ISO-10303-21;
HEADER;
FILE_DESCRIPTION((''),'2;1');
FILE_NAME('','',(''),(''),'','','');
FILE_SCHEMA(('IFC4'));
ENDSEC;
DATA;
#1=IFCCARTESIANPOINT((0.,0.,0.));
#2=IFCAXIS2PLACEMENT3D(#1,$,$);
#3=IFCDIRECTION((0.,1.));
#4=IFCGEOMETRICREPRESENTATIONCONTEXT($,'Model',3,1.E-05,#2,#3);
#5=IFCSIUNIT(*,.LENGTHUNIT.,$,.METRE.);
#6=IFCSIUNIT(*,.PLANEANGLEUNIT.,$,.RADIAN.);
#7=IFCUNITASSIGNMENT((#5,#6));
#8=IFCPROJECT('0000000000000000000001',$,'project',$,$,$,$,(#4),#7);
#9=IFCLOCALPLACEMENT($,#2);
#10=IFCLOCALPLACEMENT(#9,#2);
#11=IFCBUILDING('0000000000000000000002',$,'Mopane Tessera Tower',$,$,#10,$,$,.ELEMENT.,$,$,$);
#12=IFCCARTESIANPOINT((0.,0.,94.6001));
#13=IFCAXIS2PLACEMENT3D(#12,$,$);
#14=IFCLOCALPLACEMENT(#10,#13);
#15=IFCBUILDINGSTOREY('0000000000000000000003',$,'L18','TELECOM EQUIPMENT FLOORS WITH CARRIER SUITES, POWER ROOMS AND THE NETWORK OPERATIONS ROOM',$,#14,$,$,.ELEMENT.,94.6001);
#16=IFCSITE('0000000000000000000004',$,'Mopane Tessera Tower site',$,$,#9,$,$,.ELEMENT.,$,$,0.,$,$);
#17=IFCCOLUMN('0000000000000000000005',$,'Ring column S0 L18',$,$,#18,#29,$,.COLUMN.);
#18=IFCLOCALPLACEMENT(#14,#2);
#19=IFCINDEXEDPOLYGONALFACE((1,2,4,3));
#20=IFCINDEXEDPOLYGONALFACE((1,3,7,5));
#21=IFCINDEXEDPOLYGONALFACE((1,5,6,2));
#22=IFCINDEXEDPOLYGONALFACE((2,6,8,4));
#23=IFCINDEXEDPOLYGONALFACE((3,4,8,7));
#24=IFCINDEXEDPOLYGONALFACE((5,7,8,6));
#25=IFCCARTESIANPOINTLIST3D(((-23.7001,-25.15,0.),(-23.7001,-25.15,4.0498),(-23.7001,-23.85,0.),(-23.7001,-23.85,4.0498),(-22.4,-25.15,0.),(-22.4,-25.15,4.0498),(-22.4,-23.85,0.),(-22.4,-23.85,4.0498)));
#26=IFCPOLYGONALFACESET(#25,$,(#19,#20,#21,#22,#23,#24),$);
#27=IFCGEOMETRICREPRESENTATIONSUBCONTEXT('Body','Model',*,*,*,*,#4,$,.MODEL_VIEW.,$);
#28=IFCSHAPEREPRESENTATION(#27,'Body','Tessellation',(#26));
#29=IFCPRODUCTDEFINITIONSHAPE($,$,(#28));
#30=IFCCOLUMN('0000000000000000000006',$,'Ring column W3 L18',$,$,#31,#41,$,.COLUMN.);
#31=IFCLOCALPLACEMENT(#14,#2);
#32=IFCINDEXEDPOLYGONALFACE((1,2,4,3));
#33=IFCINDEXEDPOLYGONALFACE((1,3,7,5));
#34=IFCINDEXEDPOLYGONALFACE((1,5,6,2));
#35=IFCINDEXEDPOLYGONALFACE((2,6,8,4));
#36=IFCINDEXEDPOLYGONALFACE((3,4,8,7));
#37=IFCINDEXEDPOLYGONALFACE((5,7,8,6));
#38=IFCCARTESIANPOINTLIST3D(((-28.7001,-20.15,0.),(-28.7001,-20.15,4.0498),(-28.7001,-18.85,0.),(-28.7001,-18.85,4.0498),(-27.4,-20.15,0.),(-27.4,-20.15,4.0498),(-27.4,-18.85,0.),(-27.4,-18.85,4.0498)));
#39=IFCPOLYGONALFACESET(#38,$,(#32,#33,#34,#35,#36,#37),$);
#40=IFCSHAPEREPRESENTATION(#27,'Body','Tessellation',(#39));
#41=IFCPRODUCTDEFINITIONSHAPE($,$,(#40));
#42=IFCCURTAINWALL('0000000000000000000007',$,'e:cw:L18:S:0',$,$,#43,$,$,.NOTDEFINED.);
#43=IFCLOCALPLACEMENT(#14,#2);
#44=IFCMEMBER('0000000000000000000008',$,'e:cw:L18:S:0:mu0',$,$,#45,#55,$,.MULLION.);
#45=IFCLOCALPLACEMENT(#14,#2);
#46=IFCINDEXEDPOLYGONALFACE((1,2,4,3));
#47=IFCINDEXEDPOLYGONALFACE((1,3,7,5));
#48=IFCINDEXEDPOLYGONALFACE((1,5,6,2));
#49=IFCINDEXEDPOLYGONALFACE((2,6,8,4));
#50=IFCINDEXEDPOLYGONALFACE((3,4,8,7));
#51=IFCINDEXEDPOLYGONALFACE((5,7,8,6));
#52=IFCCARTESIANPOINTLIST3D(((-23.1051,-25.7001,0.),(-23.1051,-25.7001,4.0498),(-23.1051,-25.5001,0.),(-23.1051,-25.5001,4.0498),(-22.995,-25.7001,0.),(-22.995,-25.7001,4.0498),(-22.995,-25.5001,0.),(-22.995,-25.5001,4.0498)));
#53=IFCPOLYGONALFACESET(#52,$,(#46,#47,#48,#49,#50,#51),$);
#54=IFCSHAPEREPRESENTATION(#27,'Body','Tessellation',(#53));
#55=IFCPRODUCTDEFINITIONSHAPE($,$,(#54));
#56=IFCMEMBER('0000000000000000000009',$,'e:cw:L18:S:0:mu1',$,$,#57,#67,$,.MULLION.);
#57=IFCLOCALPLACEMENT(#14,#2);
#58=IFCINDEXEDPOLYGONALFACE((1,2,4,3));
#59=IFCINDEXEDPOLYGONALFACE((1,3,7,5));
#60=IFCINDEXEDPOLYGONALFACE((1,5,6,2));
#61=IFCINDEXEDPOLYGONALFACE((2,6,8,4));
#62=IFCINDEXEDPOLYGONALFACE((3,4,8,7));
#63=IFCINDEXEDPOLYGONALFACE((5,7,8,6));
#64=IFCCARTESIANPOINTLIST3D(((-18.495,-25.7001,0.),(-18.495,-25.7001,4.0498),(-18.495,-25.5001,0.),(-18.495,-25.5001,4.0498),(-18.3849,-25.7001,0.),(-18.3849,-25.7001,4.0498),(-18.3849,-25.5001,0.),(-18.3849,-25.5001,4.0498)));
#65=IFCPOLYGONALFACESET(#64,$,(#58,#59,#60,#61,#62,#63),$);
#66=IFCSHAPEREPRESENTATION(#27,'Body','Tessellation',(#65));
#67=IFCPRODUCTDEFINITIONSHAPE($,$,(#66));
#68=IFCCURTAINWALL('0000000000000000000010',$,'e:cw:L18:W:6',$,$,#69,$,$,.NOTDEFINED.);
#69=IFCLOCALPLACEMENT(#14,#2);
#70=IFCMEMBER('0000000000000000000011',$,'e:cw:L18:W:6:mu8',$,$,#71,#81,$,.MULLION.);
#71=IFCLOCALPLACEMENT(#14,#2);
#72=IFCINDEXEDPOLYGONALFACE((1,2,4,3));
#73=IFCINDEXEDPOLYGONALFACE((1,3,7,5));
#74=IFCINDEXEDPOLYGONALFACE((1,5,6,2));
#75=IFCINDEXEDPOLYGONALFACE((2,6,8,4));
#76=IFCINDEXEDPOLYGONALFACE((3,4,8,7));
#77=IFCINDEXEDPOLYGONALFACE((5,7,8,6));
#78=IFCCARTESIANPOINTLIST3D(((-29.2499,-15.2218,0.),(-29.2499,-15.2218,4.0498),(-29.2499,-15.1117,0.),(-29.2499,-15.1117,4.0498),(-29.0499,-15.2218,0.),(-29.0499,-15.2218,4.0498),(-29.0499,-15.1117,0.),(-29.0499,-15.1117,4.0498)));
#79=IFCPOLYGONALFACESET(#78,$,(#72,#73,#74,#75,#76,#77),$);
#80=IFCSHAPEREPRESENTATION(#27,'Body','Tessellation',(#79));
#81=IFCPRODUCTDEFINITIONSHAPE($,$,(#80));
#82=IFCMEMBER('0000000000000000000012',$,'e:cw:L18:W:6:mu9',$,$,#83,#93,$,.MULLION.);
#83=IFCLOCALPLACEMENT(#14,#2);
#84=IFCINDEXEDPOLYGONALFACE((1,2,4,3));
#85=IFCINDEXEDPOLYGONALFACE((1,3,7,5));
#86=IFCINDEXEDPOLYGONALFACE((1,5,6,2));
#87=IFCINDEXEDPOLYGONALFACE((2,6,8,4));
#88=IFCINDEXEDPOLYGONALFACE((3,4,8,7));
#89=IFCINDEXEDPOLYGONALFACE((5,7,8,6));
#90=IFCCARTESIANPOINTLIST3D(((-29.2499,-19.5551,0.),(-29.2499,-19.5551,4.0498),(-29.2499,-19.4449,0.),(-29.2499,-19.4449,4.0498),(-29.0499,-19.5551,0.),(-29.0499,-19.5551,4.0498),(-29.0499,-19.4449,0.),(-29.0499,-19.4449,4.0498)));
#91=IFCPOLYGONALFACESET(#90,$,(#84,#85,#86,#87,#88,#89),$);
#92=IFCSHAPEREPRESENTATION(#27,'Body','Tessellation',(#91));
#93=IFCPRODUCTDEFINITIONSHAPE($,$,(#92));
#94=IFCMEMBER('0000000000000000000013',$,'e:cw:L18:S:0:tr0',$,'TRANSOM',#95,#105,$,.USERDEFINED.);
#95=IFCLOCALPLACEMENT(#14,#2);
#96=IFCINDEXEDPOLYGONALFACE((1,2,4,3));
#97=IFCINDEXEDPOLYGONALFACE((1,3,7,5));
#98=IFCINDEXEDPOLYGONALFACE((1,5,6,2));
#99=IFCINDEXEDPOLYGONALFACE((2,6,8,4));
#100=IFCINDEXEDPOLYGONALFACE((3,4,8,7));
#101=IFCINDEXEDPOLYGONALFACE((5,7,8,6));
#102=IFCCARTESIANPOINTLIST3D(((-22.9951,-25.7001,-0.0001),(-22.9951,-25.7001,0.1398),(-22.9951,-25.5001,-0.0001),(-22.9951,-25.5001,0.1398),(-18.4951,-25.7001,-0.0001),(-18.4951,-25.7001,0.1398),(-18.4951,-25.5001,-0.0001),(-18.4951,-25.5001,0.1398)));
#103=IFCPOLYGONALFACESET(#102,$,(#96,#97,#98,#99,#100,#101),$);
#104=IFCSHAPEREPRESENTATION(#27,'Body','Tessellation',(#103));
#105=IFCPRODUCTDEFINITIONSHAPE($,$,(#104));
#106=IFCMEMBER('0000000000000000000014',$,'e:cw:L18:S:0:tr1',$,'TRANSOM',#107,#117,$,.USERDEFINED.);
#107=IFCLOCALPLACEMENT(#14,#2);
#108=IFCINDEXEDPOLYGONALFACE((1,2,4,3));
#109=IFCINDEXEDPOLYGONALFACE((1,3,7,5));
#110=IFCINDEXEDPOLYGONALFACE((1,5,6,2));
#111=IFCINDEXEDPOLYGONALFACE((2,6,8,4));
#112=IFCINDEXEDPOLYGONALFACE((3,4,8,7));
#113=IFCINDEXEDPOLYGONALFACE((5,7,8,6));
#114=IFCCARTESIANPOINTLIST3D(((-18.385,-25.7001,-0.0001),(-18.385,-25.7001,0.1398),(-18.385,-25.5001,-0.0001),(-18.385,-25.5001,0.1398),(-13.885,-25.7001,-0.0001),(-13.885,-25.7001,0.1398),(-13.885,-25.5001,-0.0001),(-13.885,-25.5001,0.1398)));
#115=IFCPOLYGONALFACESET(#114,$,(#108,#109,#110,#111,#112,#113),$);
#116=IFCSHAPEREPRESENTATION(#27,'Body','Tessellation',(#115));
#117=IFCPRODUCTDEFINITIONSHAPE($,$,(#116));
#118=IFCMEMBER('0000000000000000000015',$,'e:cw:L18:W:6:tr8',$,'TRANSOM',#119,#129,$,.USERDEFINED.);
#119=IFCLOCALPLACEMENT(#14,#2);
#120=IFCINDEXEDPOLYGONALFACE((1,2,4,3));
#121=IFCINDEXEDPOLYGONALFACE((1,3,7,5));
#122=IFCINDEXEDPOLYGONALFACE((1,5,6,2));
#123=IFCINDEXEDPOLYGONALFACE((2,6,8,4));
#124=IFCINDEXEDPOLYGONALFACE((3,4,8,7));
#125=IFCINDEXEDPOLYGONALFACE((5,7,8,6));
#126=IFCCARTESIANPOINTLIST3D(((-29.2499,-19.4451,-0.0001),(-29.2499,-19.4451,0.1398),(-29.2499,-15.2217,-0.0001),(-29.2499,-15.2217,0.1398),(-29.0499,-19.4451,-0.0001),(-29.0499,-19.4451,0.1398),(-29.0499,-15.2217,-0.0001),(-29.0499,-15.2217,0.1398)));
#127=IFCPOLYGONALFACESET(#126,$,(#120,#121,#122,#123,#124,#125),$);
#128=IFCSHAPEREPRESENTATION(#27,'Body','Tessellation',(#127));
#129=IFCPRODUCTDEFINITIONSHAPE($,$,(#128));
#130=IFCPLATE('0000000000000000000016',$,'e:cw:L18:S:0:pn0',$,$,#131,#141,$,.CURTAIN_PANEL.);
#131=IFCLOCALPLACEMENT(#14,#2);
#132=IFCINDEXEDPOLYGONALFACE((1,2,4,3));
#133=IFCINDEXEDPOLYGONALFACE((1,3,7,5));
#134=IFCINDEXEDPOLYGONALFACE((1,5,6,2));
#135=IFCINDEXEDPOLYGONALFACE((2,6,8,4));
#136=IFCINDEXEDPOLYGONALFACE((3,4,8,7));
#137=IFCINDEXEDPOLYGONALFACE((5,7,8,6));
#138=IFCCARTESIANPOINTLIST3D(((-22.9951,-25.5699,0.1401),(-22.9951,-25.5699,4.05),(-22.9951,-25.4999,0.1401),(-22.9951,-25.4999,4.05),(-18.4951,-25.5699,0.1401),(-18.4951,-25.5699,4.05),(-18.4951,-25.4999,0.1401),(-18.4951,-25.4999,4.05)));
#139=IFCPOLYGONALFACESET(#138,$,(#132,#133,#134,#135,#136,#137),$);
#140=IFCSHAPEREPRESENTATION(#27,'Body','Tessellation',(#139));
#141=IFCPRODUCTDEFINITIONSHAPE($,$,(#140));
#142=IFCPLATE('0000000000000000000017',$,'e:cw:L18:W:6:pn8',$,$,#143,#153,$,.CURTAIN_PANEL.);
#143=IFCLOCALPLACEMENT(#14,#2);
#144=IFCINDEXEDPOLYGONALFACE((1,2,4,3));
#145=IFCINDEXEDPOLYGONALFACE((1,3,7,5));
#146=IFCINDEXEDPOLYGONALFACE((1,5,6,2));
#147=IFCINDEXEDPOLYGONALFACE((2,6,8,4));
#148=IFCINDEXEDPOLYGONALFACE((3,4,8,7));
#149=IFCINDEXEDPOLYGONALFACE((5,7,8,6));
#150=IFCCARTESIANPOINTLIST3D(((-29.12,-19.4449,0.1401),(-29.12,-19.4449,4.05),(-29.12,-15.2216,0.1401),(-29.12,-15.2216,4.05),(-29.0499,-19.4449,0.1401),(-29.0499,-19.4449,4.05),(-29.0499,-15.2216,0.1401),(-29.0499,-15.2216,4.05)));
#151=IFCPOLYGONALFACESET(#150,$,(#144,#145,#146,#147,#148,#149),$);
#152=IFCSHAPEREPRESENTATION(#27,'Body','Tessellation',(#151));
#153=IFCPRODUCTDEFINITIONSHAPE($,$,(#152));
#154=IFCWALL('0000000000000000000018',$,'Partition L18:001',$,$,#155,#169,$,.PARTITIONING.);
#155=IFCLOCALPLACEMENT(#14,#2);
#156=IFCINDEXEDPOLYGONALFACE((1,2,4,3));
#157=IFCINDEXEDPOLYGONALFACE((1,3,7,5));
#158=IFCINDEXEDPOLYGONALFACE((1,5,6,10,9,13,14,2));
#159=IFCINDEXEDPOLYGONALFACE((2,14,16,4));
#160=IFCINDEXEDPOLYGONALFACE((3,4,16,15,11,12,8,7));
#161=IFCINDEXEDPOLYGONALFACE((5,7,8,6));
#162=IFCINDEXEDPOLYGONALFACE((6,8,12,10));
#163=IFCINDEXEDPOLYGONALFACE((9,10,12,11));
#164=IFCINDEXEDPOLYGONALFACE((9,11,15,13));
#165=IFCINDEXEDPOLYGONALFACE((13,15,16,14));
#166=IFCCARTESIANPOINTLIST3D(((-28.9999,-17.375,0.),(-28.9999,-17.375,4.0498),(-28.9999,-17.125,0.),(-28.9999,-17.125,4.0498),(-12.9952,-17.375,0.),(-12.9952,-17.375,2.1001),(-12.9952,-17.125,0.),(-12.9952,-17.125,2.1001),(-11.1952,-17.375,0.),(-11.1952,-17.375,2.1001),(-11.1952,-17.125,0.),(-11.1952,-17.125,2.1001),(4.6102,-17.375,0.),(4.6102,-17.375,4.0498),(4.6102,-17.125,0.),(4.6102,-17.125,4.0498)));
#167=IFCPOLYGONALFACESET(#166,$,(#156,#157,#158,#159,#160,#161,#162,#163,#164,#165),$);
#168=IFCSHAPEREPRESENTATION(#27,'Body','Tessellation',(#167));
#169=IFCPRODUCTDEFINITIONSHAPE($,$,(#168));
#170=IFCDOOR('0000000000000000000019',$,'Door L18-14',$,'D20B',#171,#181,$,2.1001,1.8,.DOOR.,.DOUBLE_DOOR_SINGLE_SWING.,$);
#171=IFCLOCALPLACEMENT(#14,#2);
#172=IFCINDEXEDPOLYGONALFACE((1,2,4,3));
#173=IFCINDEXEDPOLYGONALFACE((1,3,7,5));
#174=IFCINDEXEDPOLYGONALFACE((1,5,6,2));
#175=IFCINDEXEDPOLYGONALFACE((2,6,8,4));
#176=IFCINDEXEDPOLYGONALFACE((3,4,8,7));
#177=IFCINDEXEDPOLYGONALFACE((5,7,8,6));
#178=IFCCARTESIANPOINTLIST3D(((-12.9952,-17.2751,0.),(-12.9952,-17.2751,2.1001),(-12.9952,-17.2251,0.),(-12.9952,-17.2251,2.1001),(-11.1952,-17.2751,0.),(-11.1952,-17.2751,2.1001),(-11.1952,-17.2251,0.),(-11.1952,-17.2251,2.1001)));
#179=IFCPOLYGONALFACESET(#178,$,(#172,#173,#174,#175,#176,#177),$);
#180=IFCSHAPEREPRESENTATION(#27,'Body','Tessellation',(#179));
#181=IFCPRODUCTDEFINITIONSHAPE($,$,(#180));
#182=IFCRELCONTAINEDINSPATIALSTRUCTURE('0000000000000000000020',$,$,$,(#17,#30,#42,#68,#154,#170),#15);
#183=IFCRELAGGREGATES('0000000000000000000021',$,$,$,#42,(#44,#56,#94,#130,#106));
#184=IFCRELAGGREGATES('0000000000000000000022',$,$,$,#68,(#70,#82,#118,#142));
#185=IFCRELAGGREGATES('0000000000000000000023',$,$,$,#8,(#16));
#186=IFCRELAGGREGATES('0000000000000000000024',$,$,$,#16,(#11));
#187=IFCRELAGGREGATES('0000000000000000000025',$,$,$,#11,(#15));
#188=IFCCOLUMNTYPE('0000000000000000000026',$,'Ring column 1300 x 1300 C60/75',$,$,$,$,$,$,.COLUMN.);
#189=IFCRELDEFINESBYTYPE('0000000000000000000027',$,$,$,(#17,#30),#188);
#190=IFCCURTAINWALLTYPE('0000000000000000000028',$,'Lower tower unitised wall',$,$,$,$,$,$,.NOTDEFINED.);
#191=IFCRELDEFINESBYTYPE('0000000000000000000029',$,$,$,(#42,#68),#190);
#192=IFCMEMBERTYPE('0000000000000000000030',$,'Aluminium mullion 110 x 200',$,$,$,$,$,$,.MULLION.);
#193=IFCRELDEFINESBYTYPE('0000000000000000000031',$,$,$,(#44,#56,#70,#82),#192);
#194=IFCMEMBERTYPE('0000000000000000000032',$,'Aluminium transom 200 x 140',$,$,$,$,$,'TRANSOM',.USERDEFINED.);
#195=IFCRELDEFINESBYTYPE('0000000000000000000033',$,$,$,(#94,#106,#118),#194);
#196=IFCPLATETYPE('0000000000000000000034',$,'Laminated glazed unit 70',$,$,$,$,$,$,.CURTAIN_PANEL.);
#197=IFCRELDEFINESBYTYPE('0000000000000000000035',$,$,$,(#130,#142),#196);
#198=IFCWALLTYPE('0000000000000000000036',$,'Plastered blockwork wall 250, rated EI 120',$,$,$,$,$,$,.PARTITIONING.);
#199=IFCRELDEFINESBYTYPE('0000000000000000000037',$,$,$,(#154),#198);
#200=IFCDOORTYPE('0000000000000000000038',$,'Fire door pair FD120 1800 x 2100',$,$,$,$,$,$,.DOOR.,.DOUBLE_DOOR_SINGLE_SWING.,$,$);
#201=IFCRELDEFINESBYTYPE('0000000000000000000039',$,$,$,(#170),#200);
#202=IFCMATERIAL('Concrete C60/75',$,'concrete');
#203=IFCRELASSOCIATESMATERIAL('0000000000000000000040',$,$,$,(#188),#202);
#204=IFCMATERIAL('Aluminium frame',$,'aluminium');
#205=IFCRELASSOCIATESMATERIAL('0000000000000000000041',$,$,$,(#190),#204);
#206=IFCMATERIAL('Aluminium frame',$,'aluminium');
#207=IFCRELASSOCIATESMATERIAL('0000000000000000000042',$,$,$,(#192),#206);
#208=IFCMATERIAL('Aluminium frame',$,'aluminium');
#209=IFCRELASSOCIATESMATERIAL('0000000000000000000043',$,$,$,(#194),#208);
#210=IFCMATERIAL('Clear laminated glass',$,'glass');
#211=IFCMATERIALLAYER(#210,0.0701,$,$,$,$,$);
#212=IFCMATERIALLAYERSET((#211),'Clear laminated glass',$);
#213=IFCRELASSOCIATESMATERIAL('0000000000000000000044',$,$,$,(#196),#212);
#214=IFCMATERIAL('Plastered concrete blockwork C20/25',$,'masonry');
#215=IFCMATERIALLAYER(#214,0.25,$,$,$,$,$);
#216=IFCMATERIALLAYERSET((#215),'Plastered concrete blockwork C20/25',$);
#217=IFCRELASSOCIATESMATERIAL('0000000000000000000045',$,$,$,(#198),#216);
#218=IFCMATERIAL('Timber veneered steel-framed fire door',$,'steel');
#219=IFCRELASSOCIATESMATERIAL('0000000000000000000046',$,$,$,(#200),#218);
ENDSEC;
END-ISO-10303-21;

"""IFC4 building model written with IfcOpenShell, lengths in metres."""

from ifc_helpers import new_model, si_unit, direction, frame, frame_2d, origin, origin_2d, place, context, subcontext, project, spatial, rectangle, extrude, material, layer, layer_set, material_profile, profile_set, type_object, element, fill, aggregate, save


model = new_model("IFC4")

# Units and contexts
model_context = context("Model", 3, precision=1e-05, world=origin(), true_north=direction((0.0, 1.0)))
body_context = subcontext(model_context, "Body", "Model", "MODEL_VIEW")
ifc_project = project(units=[si_unit("LENGTHUNIT", "METRE"), si_unit("PLANEANGLEUNIT", "RADIAN")], contexts=[model_context])

# Site, building, storey
site_placement = place(None, origin())
site = spatial("IfcSite", under=ifc_project, at=site_placement, Name="Mopane Tessera Tower site", CompositionType="ELEMENT", RefElevation=0.0)
building_placement = place(site_placement, origin())
building = spatial("IfcBuilding", under=site, at=building_placement, Name="Mopane Tessera Tower", CompositionType="ELEMENT")
storey_placement = place(building_placement, frame((0.0, 0.0, 94.6001)))
storey = spatial("IfcBuildingStorey", under=building, at=storey_placement, Name="L18", Description="TELECOM EQUIPMENT FLOORS WITH CARRIER SUITES, POWER ROOMS AND THE NETWORK OPERATIONS ROOM", CompositionType="ELEMENT", Elevation=94.6001)

# Columns
ifc_material_1 = material(Name="Concrete C60/75", Category="concrete")
ifc_material_profile_1 = material_profile(ifc_material_1, rectangle(XDim=1.3, YDim=1.3, at=origin_2d()))
ifc_profile_set_1 = profile_set([ifc_material_profile_1], Name="Concrete C60/75")
column_type = type_object("IfcColumnType", Name="Ring column 1300 x 1300 C60/75", PredefinedType="COLUMN", material=ifc_profile_set_1)
for number, where, z_axis, x_axis, name in (
    (1, (-23.05, -24.5, 0.0), (0.0, 0.0, 1.0), (1.0, 0.0, 0.0), "Ring column S0 L18"),
    (2, (-28.05, -19.5, 0.0), (0.0, 0.0, 1.0), (1.0, 0.0, 0.0), "Ring column W3 L18"),
):
    element("IfcColumn", number, at=place(storey_placement, frame(where, z_axis=z_axis, x_axis=x_axis)), inside=storey, type_object=column_type, Name=name, PredefinedType="COLUMN", context=body_context, shape_type="SweptSolid", body=[
        extrude(rectangle(XDim=1.3, YDim=1.3, at=origin_2d()), origin(), (0.0, 0.0, 1.0), 4.0498),
    ])

# Curtain walls, members
ifc_material_2 = material(Name="Aluminium frame", Category="aluminium")
curtain_wall_type = type_object("IfcCurtainWallType", Name="Lower tower unitised wall", PredefinedType="NOTDEFINED", material=ifc_material_2)
curtain_wall_1_placement = place(storey_placement, origin())
curtain_wall_1 = element("IfcCurtainWall", 3, at=curtain_wall_1_placement, inside=storey, type_object=curtain_wall_type, Name="e:cw:L18:S:0", PredefinedType="NOTDEFINED")
ifc_material_3 = material(Name="Aluminium frame", Category="aluminium")
ifc_material_profile_2 = material_profile(ifc_material_3, rectangle(XDim=0.1101, YDim=0.2, at=origin_2d()))
ifc_profile_set_2 = profile_set([ifc_material_profile_2], Name="Aluminium frame")
member_type_1 = type_object("IfcMemberType", Name="Aluminium mullion 110 x 200", PredefinedType="MULLION", material=ifc_profile_set_2)
member_1_placement = place(storey_placement, frame((-23.05, -25.6001, 0.0), z_axis=(0.0, 0.0, 1.0), x_axis=(1.0, 0.0, 0.0)))
member_1 = element("IfcMember", 4, at=member_1_placement, type_object=member_type_1, Name="e:cw:L18:S:0:mu0", PredefinedType="MULLION", context=body_context, shape_type="SweptSolid", body=[
    extrude(rectangle(XDim=0.1101, YDim=0.2, at=origin_2d()), origin(), (0.0, 0.0, 1.0), 4.0498),
])
member_2_placement = place(storey_placement, frame((-18.4399, -25.6001, 0.0), z_axis=(0.0, 0.0, 1.0), x_axis=(1.0, 0.0, 0.0)))
member_2 = element("IfcMember", 5, at=member_2_placement, type_object=member_type_1, Name="e:cw:L18:S:0:mu1", PredefinedType="MULLION", context=body_context, shape_type="SweptSolid", body=[
    extrude(rectangle(XDim=0.1101, YDim=0.2, at=origin_2d()), origin(), (0.0, 0.0, 1.0), 4.0498),
])
curtain_wall_2_placement = place(storey_placement, origin())
curtain_wall_2 = element("IfcCurtainWall", 6, at=curtain_wall_2_placement, inside=storey, type_object=curtain_wall_type, Name="e:cw:L18:W:6", PredefinedType="NOTDEFINED")
member_3_placement = place(storey_placement, frame((-29.1499, -15.1667, 0.0), z_axis=(0.0, 0.0, 1.0), x_axis=(0.0, -1.0, 0.0)))
member_3 = element("IfcMember", 7, at=member_3_placement, type_object=member_type_1, Name="e:cw:L18:W:6:mu8", PredefinedType="MULLION", context=body_context, shape_type="SweptSolid", body=[
    extrude(rectangle(XDim=0.1101, YDim=0.2, at=origin_2d()), origin(), (0.0, 0.0, 1.0), 4.0498),
])
member_4_placement = place(storey_placement, frame((-29.1499, -19.5, 0.0), z_axis=(0.0, 0.0, 1.0), x_axis=(0.0, -1.0, 0.0)))
member_4 = element("IfcMember", 8, at=member_4_placement, type_object=member_type_1, Name="e:cw:L18:W:6:mu9", PredefinedType="MULLION", context=body_context, shape_type="SweptSolid", body=[
    extrude(rectangle(XDim=0.1101, YDim=0.2, at=origin_2d()), origin(), (0.0, 0.0, 1.0), 4.0498),
])

# Members
ifc_material_4 = material(Name="Aluminium frame", Category="aluminium")
ifc_material_profile_3 = material_profile(ifc_material_4, rectangle(XDim=0.2, YDim=0.1399, at=origin_2d()))
ifc_profile_set_3 = profile_set([ifc_material_profile_3], Name="Aluminium frame")
member_type_2 = type_object("IfcMemberType", Name="Aluminium transom 200 x 140", ElementType="TRANSOM", PredefinedType="USERDEFINED", material=ifc_profile_set_3)
member_5_placement = place(storey_placement, frame((-22.9951, -25.6001, 0.0698), z_axis=(1.0, 0.0, 0.0), x_axis=(0.0, 1.0, 0.0)))
member_5 = element("IfcMember", 9, at=member_5_placement, type_object=member_type_2, Name="e:cw:L18:S:0:tr0", ObjectType="TRANSOM", PredefinedType="USERDEFINED", context=body_context, shape_type="SweptSolid", body=[
    extrude(rectangle(XDim=0.2, YDim=0.1399, at=origin_2d()), origin(), (0.0, 0.0, 1.0), 4.5),
])
member_6_placement = place(storey_placement, frame((-18.385, -25.6001, 0.0698), z_axis=(1.0, 0.0, 0.0), x_axis=(0.0, 1.0, 0.0)))
member_6 = element("IfcMember", 10, at=member_6_placement, type_object=member_type_2, Name="e:cw:L18:S:0:tr1", ObjectType="TRANSOM", PredefinedType="USERDEFINED", context=body_context, shape_type="SweptSolid", body=[
    extrude(rectangle(XDim=0.2, YDim=0.1399, at=origin_2d()), origin(), (0.0, 0.0, 1.0), 4.5),
])
member_7_placement = place(storey_placement, frame((-29.1499, -15.2217, 0.0698), z_axis=(0.0, -1.0, 0.0), x_axis=(1.0, 0.0, 0.0)))
member_7 = element("IfcMember", 11, at=member_7_placement, type_object=member_type_2, Name="e:cw:L18:W:6:tr8", ObjectType="TRANSOM", PredefinedType="USERDEFINED", context=body_context, shape_type="SweptSolid", body=[
    extrude(rectangle(XDim=0.2, YDim=0.1399, at=origin_2d()), origin(), (0.0, 0.0, 1.0), 4.2234),
])

# Plates
ifc_material_5 = material(Name="Clear laminated glass", Category="glass")
ifc_layer_1 = layer(ifc_material_5, 0.0701)
ifc_layer_set_1 = layer_set([ifc_layer_1], Name="Clear laminated glass")
plate_type = type_object("IfcPlateType", Name="Laminated glazed unit 70", PredefinedType="CURTAIN_PANEL", material=ifc_layer_set_1)
plate_1_placement = place(storey_placement, frame((-20.7451, -25.5349, 0.1401), z_axis=(0.0, 0.0, 1.0), x_axis=(1.0, 0.0, 0.0)))
plate_1 = element("IfcPlate", 12, at=plate_1_placement, type_object=plate_type, Name="e:cw:L18:S:0:pn0", PredefinedType="CURTAIN_PANEL", context=body_context, shape_type="SweptSolid", body=[
    extrude(rectangle(XDim=4.5, YDim=0.0701, at=origin_2d()), origin(), (0.0, 0.0, 1.0), 3.9099),
])
aggregate(curtain_wall_1, [member_1, member_2, member_5, plate_1, member_6])
plate_2_placement = place(storey_placement, frame((-29.085, -17.3333, 0.1401), z_axis=(0.0, 0.0, 1.0), x_axis=(0.0, -1.0, 0.0)))
plate_2 = element("IfcPlate", 13, at=plate_2_placement, type_object=plate_type, Name="e:cw:L18:W:6:pn8", PredefinedType="CURTAIN_PANEL", context=body_context, shape_type="SweptSolid", body=[
    extrude(rectangle(XDim=4.2234, YDim=0.0701, at=origin_2d()), origin(), (0.0, 0.0, 1.0), 3.9099),
])
aggregate(curtain_wall_2, [member_3, member_4, member_7, plate_2])

# Wall, opening, door
ifc_material_6 = material(Name="Plastered concrete blockwork C20/25", Category="masonry")
ifc_layer_2 = layer(ifc_material_6, 0.25)
ifc_layer_set_2 = layer_set([ifc_layer_2], Name="Plastered concrete blockwork C20/25")
wall_type = type_object("IfcWallType", Name="Plastered blockwork wall 250, rated EI 120", PredefinedType="PARTITIONING", material=ifc_layer_set_2)
wall_1_placement = place(storey_placement, frame((-29.0, -17.25, 0.0), z_axis=(0.0, 0.0, 1.0), x_axis=(1.0, 0.0, 0.0)))
wall_1 = element("IfcWall", 14, at=wall_1_placement, inside=storey, type_object=wall_type, Name="Partition L18:001", PredefinedType="PARTITIONING", context=body_context, shape_type="SweptSolid", body=[
    extrude(rectangle(XDim=33.6101, YDim=0.25, at=frame_2d((16.8052, 0.0))), origin(), (0.0, 0.0, 1.0), 4.0498),
])
opening_1_placement = place(wall_1_placement, frame((16.0049, 0.0, 0.0)))
opening_1 = element("IfcOpeningElement", 15, at=opening_1_placement, cuts=wall_1, PredefinedType="OPENING", context=body_context, shape_type="SweptSolid", body=[
    extrude(rectangle(XDim=1.8, YDim=2.1001, at=frame_2d((0.8999, 1.05))), frame((0.0, 0.137, 0.0), z_axis=(0.0, -1.0, 0.0), x_axis=(1.0, 0.0, 0.0)), (0.0, 0.0, 1.0), 0.2739),
])
ifc_material_7 = material(Name="Timber veneered steel-framed fire door", Category="steel")
door_type_1 = type_object("IfcDoorType", Name="Fire door pair FD120 1800 x 2100", OperationType="DOUBLE_DOOR_SINGLE_SWING", PredefinedType="DOOR", material=ifc_material_7)
door_1_placement = place(opening_1_placement, origin())
door_1 = element("IfcDoor", 16, at=door_1_placement, inside=storey, type_object=door_type_1, Name="Door L18-14", ObjectType="D20B", OperationType="DOUBLE_DOOR_SINGLE_SWING", OverallHeight=2.1001, OverallWidth=1.8, PredefinedType="DOOR", context=body_context, shape_type="SweptSolid", body=[
    extrude(rectangle(XDim=1.8, YDim=2.1001, at=frame_2d((0.8999, 1.05))), frame((0.0, 0.0249, 0.0), z_axis=(0.0, -1.0, 0.0), x_axis=(1.0, 0.0, 0.0)), (0.0, 0.0, 1.0), 0.05),
])
fill(opening_1, door_1)

save(model, "model.ifc")
